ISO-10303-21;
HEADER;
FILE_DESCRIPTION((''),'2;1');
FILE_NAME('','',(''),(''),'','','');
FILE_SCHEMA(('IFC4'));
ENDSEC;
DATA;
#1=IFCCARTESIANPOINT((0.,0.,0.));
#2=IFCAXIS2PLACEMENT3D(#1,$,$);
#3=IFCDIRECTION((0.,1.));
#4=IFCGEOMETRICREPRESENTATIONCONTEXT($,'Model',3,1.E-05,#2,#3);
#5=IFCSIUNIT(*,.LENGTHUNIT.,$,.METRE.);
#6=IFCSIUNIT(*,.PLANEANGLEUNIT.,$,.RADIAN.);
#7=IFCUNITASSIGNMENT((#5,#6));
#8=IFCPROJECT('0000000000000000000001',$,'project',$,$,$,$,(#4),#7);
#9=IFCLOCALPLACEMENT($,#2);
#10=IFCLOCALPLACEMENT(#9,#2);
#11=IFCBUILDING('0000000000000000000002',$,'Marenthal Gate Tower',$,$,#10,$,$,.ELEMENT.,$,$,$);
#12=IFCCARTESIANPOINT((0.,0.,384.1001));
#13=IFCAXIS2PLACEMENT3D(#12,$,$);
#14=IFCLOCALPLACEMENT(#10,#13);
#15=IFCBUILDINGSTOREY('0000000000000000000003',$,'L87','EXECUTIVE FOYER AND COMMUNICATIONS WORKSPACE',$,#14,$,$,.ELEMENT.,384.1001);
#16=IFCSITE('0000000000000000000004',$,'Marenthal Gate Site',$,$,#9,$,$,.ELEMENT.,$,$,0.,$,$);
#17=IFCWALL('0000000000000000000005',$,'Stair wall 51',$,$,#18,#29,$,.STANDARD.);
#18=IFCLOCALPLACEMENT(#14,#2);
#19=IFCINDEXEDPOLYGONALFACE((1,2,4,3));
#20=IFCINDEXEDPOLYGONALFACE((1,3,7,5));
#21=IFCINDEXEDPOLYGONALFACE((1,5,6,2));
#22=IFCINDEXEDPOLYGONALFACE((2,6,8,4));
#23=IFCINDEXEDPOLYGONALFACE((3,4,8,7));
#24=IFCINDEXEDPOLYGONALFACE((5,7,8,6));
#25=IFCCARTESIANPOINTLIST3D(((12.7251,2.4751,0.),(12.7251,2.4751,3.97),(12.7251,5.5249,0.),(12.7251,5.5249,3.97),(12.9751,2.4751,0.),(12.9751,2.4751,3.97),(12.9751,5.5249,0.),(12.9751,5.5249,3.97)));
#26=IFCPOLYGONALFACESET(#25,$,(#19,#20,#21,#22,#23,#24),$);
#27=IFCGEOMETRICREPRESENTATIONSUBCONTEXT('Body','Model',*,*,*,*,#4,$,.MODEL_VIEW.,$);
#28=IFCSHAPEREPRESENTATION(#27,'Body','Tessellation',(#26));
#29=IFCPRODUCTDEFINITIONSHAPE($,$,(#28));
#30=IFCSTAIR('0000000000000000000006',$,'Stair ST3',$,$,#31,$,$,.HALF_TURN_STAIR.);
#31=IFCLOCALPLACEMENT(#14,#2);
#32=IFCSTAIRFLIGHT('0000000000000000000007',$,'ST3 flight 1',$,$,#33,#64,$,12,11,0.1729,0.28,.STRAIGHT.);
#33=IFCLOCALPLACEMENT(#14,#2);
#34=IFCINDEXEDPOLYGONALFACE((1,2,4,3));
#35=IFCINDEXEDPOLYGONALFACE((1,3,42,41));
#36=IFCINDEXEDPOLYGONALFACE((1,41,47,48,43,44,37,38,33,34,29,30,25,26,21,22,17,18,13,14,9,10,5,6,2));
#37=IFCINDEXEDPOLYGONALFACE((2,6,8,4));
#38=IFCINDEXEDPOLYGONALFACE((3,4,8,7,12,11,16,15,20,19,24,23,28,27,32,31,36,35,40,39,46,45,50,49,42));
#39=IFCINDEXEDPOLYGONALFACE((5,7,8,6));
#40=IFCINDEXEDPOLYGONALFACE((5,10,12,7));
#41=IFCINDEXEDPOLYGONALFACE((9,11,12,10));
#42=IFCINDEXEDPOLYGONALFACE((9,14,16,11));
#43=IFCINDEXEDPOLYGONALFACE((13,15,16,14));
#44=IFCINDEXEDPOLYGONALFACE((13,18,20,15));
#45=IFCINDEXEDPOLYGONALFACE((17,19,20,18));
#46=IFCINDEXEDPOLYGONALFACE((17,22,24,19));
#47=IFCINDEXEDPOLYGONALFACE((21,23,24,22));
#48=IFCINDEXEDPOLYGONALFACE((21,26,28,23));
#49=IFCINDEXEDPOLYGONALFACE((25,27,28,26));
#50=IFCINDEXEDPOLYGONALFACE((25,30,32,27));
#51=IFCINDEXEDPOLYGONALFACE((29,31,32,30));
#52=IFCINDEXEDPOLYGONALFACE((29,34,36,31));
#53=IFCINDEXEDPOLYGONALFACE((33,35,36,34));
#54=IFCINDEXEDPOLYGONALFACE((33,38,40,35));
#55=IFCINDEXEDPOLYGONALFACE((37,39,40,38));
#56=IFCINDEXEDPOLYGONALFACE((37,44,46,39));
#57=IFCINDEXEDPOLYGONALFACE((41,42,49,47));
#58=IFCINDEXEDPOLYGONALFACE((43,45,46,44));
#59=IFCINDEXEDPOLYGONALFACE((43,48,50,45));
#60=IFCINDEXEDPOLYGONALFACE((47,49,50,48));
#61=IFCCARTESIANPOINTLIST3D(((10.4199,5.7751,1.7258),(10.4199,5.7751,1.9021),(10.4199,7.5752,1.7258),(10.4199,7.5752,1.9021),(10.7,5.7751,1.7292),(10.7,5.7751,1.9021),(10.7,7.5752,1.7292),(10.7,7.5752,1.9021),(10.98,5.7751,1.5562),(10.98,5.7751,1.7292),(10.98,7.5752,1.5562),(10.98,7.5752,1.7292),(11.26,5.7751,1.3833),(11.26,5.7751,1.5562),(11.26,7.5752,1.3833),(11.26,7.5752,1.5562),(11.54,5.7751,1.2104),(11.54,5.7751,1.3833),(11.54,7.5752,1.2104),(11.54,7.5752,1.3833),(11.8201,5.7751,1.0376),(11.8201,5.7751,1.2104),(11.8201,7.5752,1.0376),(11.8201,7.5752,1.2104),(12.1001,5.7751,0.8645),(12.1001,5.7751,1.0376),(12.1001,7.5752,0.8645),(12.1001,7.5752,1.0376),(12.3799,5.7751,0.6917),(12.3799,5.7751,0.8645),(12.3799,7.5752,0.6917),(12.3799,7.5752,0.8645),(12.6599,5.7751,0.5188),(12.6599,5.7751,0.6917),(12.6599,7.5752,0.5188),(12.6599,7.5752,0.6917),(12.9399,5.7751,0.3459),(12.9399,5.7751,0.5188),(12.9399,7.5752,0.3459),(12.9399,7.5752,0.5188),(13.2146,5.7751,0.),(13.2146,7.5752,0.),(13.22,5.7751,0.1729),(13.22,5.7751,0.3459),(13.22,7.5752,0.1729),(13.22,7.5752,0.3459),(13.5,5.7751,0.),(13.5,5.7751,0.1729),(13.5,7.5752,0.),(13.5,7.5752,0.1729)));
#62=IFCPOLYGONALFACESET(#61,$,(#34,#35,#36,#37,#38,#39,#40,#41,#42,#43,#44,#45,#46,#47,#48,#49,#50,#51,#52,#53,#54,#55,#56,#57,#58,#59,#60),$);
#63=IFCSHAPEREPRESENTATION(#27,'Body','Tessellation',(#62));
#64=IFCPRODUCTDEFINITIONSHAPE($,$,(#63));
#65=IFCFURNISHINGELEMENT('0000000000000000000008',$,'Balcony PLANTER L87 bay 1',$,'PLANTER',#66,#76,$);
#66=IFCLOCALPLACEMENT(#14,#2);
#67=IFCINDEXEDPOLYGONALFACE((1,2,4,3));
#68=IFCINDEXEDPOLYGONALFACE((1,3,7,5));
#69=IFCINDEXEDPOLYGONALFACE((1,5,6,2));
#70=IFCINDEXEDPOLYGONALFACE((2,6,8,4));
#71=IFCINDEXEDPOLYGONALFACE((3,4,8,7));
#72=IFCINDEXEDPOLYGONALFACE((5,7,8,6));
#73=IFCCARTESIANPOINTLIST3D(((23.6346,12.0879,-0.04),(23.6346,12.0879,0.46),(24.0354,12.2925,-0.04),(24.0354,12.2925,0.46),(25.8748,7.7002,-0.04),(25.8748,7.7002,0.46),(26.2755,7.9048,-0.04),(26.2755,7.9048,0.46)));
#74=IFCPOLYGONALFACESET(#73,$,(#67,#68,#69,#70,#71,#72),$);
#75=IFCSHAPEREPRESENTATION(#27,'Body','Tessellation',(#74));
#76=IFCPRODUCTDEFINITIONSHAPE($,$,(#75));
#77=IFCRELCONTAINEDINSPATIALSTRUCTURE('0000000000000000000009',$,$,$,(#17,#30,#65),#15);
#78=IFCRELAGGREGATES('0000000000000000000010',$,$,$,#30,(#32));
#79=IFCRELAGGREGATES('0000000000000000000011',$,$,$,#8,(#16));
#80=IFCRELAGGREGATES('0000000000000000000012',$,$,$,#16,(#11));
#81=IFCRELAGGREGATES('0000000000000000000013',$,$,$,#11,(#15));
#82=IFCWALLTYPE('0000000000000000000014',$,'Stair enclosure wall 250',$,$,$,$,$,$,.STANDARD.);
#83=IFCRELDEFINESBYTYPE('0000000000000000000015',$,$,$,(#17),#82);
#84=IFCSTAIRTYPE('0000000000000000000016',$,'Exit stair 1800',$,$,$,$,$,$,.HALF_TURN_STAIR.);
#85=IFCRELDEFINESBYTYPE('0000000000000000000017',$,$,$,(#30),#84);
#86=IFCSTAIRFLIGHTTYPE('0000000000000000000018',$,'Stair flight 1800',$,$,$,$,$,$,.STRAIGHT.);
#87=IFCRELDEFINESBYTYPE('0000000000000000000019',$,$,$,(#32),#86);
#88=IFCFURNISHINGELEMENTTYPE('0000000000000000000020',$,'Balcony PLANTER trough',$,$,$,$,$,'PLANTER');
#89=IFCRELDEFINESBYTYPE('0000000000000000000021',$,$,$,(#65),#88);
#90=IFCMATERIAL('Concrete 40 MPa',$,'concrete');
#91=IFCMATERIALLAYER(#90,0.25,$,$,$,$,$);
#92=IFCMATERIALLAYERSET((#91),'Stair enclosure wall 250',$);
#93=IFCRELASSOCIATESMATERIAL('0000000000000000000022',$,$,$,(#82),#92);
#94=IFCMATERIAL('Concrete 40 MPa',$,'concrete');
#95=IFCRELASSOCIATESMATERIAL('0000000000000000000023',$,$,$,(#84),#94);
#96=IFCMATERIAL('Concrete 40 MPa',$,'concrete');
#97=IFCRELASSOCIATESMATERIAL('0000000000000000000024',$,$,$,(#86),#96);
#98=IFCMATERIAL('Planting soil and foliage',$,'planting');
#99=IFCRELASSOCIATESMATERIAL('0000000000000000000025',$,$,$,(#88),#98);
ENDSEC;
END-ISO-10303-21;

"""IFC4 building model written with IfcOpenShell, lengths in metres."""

from ifc_helpers import new_model, si_unit, direction, frame, frame_2d, origin, origin_2d, place, context, subcontext, project, spatial, polyline, rectangle, outline, extrude, material, layer, layer_set, type_object, element, aggregate, save


model = new_model("IFC4")

# Units and contexts
model_context = context("Model", 3, precision=1e-05, world=origin(), true_north=direction((0.0, 1.0)))
body_context = subcontext(model_context, "Body", "Model", "MODEL_VIEW")
ifc_project = project(units=[si_unit("LENGTHUNIT", "METRE"), si_unit("PLANEANGLEUNIT", "RADIAN")], contexts=[model_context])

# Site, building, storey
site_placement = place(None, origin())
site = spatial("IfcSite", under=ifc_project, at=site_placement, Name="Marenthal Gate Site", CompositionType="ELEMENT", RefElevation=0.0)
building_placement = place(site_placement, origin())
building = spatial("IfcBuilding", under=site, at=building_placement, Name="Marenthal Gate Tower", CompositionType="ELEMENT")
storey_placement = place(building_placement, frame((0.0, 0.0, 384.1001)))
storey = spatial("IfcBuildingStorey", under=building, at=storey_placement, Name="L87", Description="EXECUTIVE FOYER AND COMMUNICATIONS WORKSPACE", CompositionType="ELEMENT", Elevation=384.1001)

# Wall
ifc_material_1 = material(Name="Concrete 40 MPa", Category="concrete")
ifc_layer_1 = layer(ifc_material_1, 0.25)
ifc_layer_set_1 = layer_set([ifc_layer_1], Name="Stair enclosure wall 250")
wall_type_1 = type_object("IfcWallType", Name="Stair enclosure wall 250", PredefinedType="STANDARD", material=ifc_layer_set_1)
wall_1_placement = place(storey_placement, frame((12.8501, 2.4751, 0.0), z_axis=(0.0, 0.0, 1.0), x_axis=(0.0, 1.0, 0.0)))
element("IfcWall", 1, at=wall_1_placement, inside=storey, type_object=wall_type_1, Name="Stair wall 51", PredefinedType="STANDARD", context=body_context, shape_type="SweptSolid", body=[
    extrude(rectangle(XDim=3.0498, YDim=0.25, at=frame_2d((1.5249, 0.0))), origin(), (0.0, 0.0, 1.0), 3.97),
])

# Stair, stair flight
ifc_material_2 = material(Name="Concrete 40 MPa", Category="concrete")
stair_type = type_object("IfcStairType", Name="Exit stair 1800", PredefinedType="HALF_TURN_STAIR", material=ifc_material_2)
stair_placement = place(storey_placement, origin())
stair = element("IfcStair", 2, at=stair_placement, inside=storey, type_object=stair_type, Name="Stair ST3", PredefinedType="HALF_TURN_STAIR")
ifc_material_3 = material(Name="Concrete 40 MPa", Category="concrete")
stair_flight_type = type_object("IfcStairFlightType", Name="Stair flight 1800", PredefinedType="STRAIGHT", material=ifc_material_3)
stair_flight_placement = place(storey_placement, frame((13.5, 6.675, 0.0), z_axis=(0.0, 0.0, 1.0), x_axis=(-1.0, 0.0, 0.0)))
stair_flight = element("IfcStairFlight", 3, at=stair_flight_placement, type_object=stair_flight_type, Name="ST3 flight 1", NumberOfRisers=12, NumberOfTreads=11, PredefinedType="STRAIGHT", RiserHeight=0.1729, TreadLength=0.28, context=body_context, shape_type="SweptSolid", body=[
    extrude(outline(polyline([(0.0, 0.0), (0.0, 0.1729), (0.28, 0.1729), (0.28, 0.3459), (0.5601, 0.3459), (0.5601, 0.5188), (0.8401, 0.5188), (0.8401, 0.6917), (1.1201, 0.6917), (1.1201, 0.8645), (1.3999, 0.8645), (1.3999, 1.0376), (1.6799, 1.0376), (1.6799, 1.2104), (1.96, 1.2104), (1.96, 1.3833), (2.24, 1.3833), (2.24, 1.5562), (2.52, 1.5562), (2.52, 1.7292), (2.8, 1.7292), (2.8, 1.9021), (3.0801, 1.9021), (3.0801, 2.075), (3.0801, 1.7258), (0.2854, 0.0), (0.0, 0.0)])), frame((0.0, 0.8999, 0.0), z_axis=(0.0, -1.0, 0.0), x_axis=(1.0, 0.0, 0.0)), (0.0, 0.0, 1.0), 1.8),
])
aggregate(stair, [stair_flight])

# Furnishing element
ifc_material_4 = material(Name="Planting soil and foliage", Category="planting")
furnishing_element_type = type_object("IfcFurnishingElementType", Name="Balcony PLANTER trough", ElementType="PLANTER", material=ifc_material_4)
furnishing_placement = place(storey_placement, frame((24.9551, 9.9963, -0.04), z_axis=(0.0, 0.0, 1.0), x_axis=(-0.454706, 0.890642, 0.0)))
element("IfcFurnishingElement", 4, at=furnishing_placement, inside=storey, type_object=furnishing_element_type, Name="Balcony PLANTER L87 bay 1", ObjectType="PLANTER", context=body_context, shape_type="SweptSolid", body=[
    extrude(rectangle(XDim=4.9265, YDim=0.45, at=origin_2d()), origin(), (0.0, 0.0, 1.0), 0.5),
])

save(model, "model.ifc")
